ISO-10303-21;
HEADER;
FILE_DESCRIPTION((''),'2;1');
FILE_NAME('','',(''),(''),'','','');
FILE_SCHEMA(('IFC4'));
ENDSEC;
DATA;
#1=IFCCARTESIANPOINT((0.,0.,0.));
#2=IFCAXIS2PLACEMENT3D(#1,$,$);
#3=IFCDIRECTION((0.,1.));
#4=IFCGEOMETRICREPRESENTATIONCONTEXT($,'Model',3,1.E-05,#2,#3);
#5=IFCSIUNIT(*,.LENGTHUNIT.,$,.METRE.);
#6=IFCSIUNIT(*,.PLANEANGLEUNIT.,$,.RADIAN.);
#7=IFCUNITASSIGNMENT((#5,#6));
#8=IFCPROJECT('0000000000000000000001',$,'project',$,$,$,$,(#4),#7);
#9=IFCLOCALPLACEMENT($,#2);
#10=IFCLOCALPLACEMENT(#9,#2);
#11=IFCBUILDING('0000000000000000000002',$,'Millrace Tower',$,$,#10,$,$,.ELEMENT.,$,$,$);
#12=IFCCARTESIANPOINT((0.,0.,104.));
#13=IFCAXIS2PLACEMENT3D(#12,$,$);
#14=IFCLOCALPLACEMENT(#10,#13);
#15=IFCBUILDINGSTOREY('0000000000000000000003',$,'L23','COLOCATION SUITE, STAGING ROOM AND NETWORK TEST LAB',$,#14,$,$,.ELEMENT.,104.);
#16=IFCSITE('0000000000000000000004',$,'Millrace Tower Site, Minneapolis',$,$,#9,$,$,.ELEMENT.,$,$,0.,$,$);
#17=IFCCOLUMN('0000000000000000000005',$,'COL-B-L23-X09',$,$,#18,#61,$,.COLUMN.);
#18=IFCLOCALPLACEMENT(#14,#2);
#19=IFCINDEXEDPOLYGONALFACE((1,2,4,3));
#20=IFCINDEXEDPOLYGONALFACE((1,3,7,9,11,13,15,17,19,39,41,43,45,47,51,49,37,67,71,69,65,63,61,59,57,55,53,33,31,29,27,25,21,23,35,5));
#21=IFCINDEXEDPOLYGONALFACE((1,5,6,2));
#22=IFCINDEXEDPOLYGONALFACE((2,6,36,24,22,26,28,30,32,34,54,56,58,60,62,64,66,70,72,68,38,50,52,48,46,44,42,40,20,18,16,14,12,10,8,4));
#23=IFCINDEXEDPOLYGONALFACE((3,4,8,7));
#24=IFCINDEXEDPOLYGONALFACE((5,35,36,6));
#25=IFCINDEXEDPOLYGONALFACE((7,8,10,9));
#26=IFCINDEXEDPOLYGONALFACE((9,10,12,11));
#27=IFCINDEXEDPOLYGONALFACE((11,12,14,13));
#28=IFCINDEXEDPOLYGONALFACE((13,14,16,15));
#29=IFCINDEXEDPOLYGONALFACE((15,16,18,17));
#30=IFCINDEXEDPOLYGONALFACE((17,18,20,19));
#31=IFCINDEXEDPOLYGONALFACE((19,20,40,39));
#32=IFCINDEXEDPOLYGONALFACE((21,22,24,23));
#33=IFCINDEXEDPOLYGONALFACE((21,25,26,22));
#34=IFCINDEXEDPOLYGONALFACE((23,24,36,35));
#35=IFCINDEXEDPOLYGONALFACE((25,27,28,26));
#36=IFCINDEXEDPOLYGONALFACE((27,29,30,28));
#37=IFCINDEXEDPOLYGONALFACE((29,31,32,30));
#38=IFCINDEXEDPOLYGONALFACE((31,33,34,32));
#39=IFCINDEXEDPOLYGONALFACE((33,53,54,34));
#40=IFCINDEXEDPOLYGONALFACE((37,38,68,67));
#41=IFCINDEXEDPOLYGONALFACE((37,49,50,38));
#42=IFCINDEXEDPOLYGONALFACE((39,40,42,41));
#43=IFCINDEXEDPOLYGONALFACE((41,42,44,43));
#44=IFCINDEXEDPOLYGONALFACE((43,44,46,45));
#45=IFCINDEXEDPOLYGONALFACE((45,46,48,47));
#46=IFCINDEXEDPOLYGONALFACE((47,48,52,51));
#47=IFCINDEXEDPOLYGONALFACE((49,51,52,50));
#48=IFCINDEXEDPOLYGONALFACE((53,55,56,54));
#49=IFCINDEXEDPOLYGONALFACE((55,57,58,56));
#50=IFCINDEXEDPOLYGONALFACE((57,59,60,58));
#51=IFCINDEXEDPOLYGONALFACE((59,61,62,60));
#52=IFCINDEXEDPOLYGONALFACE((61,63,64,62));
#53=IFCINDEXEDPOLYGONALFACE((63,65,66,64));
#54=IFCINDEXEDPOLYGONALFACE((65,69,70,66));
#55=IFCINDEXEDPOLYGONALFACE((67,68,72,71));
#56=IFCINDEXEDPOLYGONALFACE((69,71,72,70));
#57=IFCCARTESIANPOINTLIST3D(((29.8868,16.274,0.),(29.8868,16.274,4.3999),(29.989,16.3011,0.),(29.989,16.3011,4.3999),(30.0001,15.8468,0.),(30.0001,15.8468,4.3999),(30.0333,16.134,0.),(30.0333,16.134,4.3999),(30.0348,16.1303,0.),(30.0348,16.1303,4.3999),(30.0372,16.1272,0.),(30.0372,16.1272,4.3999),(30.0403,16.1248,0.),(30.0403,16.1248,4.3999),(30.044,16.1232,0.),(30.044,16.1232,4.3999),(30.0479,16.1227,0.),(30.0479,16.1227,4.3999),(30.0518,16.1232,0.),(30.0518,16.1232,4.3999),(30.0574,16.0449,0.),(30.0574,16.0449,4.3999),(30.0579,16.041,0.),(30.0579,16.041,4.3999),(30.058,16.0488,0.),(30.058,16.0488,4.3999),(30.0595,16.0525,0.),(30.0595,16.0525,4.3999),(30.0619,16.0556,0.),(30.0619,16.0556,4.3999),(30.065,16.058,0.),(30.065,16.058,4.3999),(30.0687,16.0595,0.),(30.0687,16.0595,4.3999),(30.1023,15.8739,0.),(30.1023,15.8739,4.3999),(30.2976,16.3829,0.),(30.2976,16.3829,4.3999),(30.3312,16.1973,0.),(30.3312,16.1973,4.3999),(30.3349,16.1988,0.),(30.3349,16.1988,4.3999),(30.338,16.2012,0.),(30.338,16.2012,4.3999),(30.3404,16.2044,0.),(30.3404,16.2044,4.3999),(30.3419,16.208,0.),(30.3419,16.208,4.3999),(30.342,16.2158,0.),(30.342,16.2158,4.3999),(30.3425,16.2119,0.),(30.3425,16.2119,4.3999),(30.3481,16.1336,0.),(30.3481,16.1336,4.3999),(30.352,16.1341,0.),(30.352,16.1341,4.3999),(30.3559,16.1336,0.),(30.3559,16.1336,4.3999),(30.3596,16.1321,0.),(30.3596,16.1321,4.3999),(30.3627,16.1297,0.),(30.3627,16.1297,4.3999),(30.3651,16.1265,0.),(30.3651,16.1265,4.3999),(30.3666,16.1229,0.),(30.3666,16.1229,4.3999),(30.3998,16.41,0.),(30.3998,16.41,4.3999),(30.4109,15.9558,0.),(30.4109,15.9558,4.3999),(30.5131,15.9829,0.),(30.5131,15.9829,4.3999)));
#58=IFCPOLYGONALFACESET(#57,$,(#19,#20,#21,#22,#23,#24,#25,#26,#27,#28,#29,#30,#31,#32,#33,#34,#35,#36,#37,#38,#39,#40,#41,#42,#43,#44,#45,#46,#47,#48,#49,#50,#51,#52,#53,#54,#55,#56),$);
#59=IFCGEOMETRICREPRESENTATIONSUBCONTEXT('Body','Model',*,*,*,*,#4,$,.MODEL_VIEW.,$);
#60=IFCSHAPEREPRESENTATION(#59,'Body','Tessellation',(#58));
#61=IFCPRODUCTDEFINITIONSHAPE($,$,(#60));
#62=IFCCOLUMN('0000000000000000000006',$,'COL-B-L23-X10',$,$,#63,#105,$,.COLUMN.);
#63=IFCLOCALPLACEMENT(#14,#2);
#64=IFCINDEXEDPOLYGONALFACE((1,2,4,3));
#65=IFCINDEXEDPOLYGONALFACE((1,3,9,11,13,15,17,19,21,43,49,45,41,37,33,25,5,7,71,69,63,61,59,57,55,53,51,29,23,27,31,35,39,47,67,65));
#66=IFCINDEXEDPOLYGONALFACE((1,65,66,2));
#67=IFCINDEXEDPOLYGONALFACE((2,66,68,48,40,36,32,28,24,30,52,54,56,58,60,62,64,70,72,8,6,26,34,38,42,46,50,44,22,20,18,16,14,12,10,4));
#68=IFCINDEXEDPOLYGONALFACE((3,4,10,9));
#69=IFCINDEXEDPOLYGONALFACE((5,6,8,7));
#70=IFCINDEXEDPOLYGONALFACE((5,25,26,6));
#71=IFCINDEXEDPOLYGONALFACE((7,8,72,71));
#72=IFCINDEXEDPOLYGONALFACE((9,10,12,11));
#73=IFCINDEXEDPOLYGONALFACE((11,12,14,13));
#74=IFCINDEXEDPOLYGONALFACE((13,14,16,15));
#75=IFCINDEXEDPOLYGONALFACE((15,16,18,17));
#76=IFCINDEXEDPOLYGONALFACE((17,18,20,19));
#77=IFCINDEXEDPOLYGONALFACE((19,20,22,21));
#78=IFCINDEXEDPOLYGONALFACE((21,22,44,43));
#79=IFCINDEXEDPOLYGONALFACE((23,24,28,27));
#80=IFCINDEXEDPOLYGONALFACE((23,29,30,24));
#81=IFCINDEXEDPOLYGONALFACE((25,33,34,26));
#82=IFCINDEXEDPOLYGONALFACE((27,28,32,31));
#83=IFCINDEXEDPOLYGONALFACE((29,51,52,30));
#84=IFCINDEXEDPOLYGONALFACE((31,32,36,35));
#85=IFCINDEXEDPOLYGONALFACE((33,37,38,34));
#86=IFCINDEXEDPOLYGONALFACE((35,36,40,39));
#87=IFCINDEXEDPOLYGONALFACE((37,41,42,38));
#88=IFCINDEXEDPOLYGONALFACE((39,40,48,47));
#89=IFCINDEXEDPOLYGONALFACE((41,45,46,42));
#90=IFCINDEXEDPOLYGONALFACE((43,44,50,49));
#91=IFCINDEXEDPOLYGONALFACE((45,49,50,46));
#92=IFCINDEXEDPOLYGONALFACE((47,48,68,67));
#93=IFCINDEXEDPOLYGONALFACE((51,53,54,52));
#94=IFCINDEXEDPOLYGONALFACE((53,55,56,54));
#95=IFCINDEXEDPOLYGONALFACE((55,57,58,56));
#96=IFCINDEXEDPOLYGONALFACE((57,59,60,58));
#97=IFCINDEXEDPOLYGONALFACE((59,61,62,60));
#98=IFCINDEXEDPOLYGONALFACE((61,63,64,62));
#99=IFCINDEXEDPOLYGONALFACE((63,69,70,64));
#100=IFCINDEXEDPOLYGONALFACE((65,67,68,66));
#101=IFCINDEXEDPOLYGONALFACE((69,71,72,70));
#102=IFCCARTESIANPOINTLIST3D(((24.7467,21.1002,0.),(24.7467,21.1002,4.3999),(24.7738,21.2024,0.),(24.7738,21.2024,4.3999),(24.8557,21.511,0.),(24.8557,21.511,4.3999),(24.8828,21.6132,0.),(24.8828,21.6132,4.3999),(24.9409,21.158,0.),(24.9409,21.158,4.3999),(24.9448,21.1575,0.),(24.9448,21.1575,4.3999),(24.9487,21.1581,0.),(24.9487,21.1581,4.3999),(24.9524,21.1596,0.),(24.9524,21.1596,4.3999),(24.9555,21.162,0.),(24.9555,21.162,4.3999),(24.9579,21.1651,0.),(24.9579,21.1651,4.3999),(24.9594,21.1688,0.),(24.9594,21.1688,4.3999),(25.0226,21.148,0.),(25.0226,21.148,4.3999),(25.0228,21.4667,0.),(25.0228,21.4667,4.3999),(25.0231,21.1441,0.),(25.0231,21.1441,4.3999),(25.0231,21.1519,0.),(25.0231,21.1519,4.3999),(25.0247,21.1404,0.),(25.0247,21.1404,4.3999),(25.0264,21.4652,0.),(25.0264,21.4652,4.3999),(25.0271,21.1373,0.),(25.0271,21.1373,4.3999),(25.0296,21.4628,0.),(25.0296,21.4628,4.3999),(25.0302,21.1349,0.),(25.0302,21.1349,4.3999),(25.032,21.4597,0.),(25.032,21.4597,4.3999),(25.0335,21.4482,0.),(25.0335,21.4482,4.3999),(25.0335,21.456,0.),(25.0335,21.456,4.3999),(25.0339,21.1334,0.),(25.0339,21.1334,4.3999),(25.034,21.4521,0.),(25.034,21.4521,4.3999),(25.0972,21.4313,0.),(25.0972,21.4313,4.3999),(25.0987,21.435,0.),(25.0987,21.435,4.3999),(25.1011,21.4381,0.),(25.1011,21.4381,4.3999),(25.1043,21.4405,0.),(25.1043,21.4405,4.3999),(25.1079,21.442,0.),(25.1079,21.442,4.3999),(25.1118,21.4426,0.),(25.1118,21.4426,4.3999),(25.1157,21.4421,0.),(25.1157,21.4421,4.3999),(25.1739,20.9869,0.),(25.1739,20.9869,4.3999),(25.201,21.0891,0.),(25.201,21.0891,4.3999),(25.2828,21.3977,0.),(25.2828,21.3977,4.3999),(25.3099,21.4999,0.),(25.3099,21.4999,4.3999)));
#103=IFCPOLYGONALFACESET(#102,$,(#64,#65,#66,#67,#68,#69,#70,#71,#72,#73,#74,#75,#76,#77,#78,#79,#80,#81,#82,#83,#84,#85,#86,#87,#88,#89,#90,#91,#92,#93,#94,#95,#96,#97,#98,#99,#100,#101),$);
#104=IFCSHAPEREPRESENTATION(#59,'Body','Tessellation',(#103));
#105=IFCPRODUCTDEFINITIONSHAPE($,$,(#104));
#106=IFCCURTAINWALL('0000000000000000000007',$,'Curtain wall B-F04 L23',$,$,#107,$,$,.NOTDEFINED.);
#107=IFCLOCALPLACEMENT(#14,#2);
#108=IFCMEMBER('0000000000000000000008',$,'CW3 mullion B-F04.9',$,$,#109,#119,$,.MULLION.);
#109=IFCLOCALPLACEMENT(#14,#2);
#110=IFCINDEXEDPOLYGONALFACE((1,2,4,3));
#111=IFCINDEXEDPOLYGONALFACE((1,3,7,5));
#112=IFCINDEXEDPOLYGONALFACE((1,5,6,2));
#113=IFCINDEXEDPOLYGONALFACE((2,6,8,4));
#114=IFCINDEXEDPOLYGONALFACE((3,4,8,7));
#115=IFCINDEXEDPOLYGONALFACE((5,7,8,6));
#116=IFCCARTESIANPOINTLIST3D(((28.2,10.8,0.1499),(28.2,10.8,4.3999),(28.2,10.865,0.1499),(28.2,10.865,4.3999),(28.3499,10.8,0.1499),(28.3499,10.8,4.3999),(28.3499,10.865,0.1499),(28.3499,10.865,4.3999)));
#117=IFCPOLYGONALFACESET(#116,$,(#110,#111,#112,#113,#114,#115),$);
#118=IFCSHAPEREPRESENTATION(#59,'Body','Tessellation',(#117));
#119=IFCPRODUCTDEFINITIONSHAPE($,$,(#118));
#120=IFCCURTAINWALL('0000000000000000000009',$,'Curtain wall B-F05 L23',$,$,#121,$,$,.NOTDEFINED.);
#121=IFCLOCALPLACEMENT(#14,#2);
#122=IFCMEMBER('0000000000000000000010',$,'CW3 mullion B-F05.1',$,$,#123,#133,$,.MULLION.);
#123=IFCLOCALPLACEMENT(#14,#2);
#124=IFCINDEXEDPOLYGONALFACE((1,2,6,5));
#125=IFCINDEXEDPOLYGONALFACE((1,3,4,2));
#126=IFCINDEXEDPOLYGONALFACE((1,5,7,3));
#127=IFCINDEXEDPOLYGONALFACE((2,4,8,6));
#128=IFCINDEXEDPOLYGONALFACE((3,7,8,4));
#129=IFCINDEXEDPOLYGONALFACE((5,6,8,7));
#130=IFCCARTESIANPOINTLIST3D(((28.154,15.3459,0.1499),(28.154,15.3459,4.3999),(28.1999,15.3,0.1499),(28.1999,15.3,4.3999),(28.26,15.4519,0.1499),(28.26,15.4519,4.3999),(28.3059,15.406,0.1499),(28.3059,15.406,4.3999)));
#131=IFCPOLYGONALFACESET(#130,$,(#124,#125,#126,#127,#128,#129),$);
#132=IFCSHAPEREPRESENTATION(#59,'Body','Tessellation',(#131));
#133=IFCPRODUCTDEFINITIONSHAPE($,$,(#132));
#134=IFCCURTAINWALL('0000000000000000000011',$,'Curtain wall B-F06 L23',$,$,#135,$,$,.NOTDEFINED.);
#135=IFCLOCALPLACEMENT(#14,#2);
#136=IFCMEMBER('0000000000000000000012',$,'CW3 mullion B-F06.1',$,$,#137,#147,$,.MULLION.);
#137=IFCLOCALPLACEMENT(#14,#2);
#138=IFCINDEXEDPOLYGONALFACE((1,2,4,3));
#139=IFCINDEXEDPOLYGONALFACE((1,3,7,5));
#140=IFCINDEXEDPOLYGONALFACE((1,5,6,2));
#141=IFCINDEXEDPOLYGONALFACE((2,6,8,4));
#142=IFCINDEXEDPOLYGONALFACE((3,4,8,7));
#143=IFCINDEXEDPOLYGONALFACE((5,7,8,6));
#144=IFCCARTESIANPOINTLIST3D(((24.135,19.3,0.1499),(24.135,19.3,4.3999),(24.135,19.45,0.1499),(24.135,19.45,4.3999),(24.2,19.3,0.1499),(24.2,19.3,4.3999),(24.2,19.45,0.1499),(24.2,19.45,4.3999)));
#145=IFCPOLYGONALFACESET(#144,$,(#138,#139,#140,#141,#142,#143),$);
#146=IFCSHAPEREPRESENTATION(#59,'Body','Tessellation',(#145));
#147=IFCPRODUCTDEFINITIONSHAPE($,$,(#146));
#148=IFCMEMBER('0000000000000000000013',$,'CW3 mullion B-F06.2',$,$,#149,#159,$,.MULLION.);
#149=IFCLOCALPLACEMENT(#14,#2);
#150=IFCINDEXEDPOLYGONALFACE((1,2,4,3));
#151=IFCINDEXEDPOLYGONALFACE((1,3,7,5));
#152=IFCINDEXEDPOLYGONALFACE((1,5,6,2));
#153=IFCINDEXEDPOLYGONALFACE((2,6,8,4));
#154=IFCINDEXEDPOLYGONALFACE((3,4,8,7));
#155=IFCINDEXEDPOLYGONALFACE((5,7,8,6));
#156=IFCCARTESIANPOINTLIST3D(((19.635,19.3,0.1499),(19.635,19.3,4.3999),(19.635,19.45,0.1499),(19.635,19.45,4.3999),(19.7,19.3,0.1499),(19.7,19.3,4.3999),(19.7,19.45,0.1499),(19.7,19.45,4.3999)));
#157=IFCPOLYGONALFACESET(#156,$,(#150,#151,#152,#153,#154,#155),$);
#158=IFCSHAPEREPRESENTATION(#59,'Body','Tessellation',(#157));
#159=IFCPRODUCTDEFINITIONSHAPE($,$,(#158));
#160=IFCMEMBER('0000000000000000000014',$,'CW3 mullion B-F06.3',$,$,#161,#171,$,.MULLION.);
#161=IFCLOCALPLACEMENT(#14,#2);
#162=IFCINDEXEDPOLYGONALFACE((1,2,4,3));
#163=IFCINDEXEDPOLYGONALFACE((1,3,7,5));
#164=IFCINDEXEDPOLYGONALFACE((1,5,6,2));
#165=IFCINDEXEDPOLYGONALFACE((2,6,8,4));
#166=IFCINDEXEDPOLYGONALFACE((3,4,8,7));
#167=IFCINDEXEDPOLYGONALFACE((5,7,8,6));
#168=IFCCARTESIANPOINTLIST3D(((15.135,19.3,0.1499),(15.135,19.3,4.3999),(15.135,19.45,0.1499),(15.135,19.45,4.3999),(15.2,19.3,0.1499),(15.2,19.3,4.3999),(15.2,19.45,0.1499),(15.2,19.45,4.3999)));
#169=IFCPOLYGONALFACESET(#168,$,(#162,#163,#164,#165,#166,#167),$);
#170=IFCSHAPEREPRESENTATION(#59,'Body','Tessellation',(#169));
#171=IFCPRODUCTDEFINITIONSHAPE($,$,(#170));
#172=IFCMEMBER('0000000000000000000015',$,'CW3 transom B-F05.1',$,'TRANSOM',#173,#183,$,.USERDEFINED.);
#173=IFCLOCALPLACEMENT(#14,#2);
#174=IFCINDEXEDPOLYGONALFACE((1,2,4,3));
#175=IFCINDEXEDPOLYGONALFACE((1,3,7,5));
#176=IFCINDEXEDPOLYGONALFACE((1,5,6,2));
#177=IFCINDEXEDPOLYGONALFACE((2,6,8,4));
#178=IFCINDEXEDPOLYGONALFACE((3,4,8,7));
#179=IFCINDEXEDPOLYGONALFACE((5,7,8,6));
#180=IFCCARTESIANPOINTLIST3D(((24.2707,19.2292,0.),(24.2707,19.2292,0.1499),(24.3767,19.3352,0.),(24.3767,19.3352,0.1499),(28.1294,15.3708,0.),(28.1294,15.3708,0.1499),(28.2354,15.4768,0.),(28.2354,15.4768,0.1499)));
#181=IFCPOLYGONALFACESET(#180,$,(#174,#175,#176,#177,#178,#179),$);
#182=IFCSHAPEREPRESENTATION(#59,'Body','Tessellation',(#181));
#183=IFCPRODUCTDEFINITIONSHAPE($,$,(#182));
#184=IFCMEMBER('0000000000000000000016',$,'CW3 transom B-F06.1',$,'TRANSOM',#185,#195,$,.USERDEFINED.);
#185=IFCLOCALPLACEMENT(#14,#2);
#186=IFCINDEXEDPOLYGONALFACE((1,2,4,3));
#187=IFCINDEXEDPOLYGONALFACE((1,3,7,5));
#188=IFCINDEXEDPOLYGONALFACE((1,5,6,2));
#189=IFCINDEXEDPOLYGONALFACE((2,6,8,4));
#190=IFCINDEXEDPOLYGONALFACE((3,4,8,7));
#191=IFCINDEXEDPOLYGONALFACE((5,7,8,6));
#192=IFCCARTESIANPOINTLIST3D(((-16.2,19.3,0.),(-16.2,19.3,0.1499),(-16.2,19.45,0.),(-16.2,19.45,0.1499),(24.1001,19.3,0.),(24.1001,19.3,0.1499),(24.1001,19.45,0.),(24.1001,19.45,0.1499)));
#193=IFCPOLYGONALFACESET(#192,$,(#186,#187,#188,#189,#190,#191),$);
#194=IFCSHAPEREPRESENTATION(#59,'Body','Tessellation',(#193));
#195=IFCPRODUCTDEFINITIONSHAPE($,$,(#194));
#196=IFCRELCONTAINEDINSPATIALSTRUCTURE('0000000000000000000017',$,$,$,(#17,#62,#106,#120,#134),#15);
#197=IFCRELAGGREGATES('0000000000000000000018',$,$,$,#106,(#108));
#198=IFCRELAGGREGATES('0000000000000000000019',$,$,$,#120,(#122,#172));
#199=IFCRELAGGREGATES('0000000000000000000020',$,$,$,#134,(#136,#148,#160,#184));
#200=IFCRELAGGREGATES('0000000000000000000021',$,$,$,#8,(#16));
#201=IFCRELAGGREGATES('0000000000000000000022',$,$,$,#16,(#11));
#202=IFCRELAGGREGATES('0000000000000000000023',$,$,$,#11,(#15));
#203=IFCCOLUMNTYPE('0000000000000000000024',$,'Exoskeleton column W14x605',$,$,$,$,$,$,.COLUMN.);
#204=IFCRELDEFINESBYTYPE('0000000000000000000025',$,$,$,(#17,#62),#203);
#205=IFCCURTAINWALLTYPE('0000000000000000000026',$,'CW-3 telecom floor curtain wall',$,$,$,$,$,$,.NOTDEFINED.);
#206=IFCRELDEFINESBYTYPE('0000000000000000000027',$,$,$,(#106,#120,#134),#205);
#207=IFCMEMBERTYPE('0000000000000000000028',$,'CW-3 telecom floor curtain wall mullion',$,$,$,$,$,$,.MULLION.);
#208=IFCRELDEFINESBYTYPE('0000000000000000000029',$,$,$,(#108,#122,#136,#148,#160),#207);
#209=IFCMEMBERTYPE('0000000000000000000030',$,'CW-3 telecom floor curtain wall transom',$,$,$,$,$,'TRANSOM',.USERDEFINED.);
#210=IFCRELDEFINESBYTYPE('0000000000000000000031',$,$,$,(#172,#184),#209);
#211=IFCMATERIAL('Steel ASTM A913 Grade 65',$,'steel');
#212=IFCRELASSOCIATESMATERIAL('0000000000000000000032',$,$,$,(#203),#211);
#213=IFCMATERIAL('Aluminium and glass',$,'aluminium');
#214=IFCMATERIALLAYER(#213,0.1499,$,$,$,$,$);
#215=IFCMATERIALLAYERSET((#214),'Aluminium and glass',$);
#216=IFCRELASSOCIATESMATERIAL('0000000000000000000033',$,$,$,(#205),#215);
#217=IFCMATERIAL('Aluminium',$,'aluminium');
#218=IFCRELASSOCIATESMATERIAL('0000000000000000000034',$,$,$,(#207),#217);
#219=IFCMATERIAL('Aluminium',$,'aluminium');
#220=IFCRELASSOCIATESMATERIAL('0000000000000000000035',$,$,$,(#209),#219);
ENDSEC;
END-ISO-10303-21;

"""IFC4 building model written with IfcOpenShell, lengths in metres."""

from ifc_helpers import new_model, si_unit, direction, frame, origin, origin_2d, place, context, subcontext, project, spatial, rectangle, i_section, extrude, material, layer, layer_set, material_profile, profile_set, type_object, element, aggregate, save


model = new_model("IFC4")

# Units and contexts
model_context = context("Model", 3, precision=1e-05, world=origin(), true_north=direction((0.0, 1.0)))
body_context = subcontext(model_context, "Body", "Model", "MODEL_VIEW")
ifc_project = project(units=[si_unit("LENGTHUNIT", "METRE"), si_unit("PLANEANGLEUNIT", "RADIAN")], contexts=[model_context])

# Site, building, storey
site_placement = place(None, origin())
site = spatial("IfcSite", under=ifc_project, at=site_placement, Name="Millrace Tower Site, Minneapolis", CompositionType="ELEMENT", RefElevation=0.0)
building_placement = place(site_placement, origin())
building = spatial("IfcBuilding", under=site, at=building_placement, Name="Millrace Tower", CompositionType="ELEMENT")
storey_placement = place(building_placement, frame((0.0, 0.0, 104.0)))
storey = spatial("IfcBuildingStorey", under=building, at=storey_placement, Name="L23", Description="COLOCATION SUITE, STAGING ROOM AND NETWORK TEST LAB", CompositionType="ELEMENT", Elevation=104.0)

# Columns
ifc_material_1 = material(Name="Steel ASTM A913 Grade 65", Category="steel")
ifc_material_profile_1 = material_profile(ifc_material_1, i_section(OverallWidth=0.4419, OverallDepth=0.5308, WebThickness=0.0659, FlangeThickness=0.1057, FilletRadius=0.0151, at=origin_2d()))
ifc_profile_set_1 = profile_set([ifc_material_profile_1], Name="Steel ASTM A913 Grade 65")
column_type = type_object("IfcColumnType", Name="Exoskeleton column W14x605", PredefinedType="COLUMN", material=ifc_profile_set_1)
for number, where, z_axis, x_axis, name in (
    (1, (30.2, 16.1284, 0.0), (0.0, 0.0, 1.0), (-0.256347, 0.966585, 0.0), "COL-B-L23-X09"),
    (2, (25.0283, 21.3, 0.0), (0.0, 0.0, 1.0), (-0.966585, 0.256347, 0.0), "COL-B-L23-X10"),
):
    element("IfcColumn", number, at=place(storey_placement, frame(where, z_axis=z_axis, x_axis=x_axis)), inside=storey, type_object=column_type, Name=name, PredefinedType="COLUMN", context=body_context, shape_type="SweptSolid", body=[
        extrude(i_section(OverallWidth=0.4419, OverallDepth=0.5308, WebThickness=0.0659, FlangeThickness=0.1057, FilletRadius=0.0151, at=origin_2d()), origin(), (0.0, 0.0, 1.0), 4.3999),
    ])

# Curtain walls, members
ifc_material_2 = material(Name="Aluminium and glass", Category="aluminium")
ifc_layer_1 = layer(ifc_material_2, 0.1499)
ifc_layer_set_1 = layer_set([ifc_layer_1], Name="Aluminium and glass")
curtain_wall_type = type_object("IfcCurtainWallType", Name="CW-3 telecom floor curtain wall", PredefinedType="NOTDEFINED", material=ifc_layer_set_1)
placement = place(storey_placement, origin())
curtain_wall_1 = element("IfcCurtainWall", 3, at=placement, inside=storey, type_object=curtain_wall_type, Name="Curtain wall B-F04 L23", PredefinedType="NOTDEFINED")
ifc_material_3 = material(Name="Aluminium", Category="aluminium")
ifc_material_profile_2 = material_profile(ifc_material_3, rectangle(XDim=0.0649, YDim=0.1499, at=origin_2d()))
ifc_profile_set_2 = profile_set([ifc_material_profile_2], Name="Aluminium")
member_type_1 = type_object("IfcMemberType", Name="CW-3 telecom floor curtain wall mullion", PredefinedType="MULLION", material=ifc_profile_set_2)
member_1_placement = place(storey_placement, frame((28.2749, 10.8325, 0.1499), z_axis=(0.0, 0.0, 1.0), x_axis=(0.0, 1.0, 0.0)))
member_1 = element("IfcMember", 4, at=member_1_placement, type_object=member_type_1, Name="CW3 mullion B-F04.9", PredefinedType="MULLION", context=body_context, shape_type="SweptSolid", body=[
    extrude(rectangle(XDim=0.0649, YDim=0.1499, at=origin_2d()), origin(), (0.0, 0.0, 1.0), 4.25),
])
aggregate(curtain_wall_1, [member_1])
curtain_wall_2 = element("IfcCurtainWall", 5, at=placement, inside=storey, type_object=curtain_wall_type, Name="Curtain wall B-F05 L23", PredefinedType="NOTDEFINED")
member_2_placement = place(storey_placement, frame((28.23, 15.376, 0.1499), z_axis=(0.0, 0.0, 1.0), x_axis=(-0.707107, 0.707107, 0.0)))
member_2 = element("IfcMember", 6, at=member_2_placement, type_object=member_type_1, Name="CW3 mullion B-F05.1", PredefinedType="MULLION", context=body_context, shape_type="SweptSolid", body=[
    extrude(rectangle(XDim=0.0649, YDim=0.1499, at=origin_2d()), origin(), (0.0, 0.0, 1.0), 4.25),
])

# Curtain wall, members
curtain_wall_3 = element("IfcCurtainWall", 7, at=placement, inside=storey, type_object=curtain_wall_type, Name="Curtain wall B-F06 L23", PredefinedType="NOTDEFINED")
member_3_placement = place(storey_placement, frame((24.1675, 19.375, 0.1499), z_axis=(0.0, 0.0, 1.0), x_axis=(-1.0, 0.0, 0.0)))
member_3 = element("IfcMember", 8, at=member_3_placement, type_object=member_type_1, Name="CW3 mullion B-F06.1", PredefinedType="MULLION", context=body_context, shape_type="SweptSolid", body=[
    extrude(rectangle(XDim=0.0649, YDim=0.1499, at=origin_2d()), origin(), (0.0, 0.0, 1.0), 4.25),
])
member_4_placement = place(storey_placement, frame((19.6675, 19.375, 0.1499), z_axis=(0.0, 0.0, 1.0), x_axis=(-1.0, 0.0, 0.0)))
member_4 = element("IfcMember", 9, at=member_4_placement, type_object=member_type_1, Name="CW3 mullion B-F06.2", PredefinedType="MULLION", context=body_context, shape_type="SweptSolid", body=[
    extrude(rectangle(XDim=0.0649, YDim=0.1499, at=origin_2d()), origin(), (0.0, 0.0, 1.0), 4.25),
])
member_5_placement = place(storey_placement, frame((15.1675, 19.375, 0.1499), z_axis=(0.0, 0.0, 1.0), x_axis=(-1.0, 0.0, 0.0)))
member_5 = element("IfcMember", 10, at=member_5_placement, type_object=member_type_1, Name="CW3 mullion B-F06.3", PredefinedType="MULLION", context=body_context, shape_type="SweptSolid", body=[
    extrude(rectangle(XDim=0.0649, YDim=0.1499, at=origin_2d()), origin(), (0.0, 0.0, 1.0), 4.25),
])

# Members
ifc_material_4 = material(Name="Aluminium", Category="aluminium")
ifc_material_profile_3 = material_profile(ifc_material_4, rectangle(XDim=0.1499, YDim=0.1499, at=origin_2d()))
ifc_profile_set_3 = profile_set([ifc_material_profile_3], Name="Aluminium")
member_type_2 = type_object("IfcMemberType", Name="CW-3 telecom floor curtain wall transom", ElementType="TRANSOM", PredefinedType="USERDEFINED", material=ifc_profile_set_3)
member_6_placement = place(storey_placement, frame((28.1824, 15.4238, 0.075), z_axis=(-0.707129, 0.707084, 0.0), x_axis=(-0.707084, -0.707129, 0.0)))
member_6 = element("IfcMember", 11, at=member_6_placement, type_object=member_type_2, Name="CW3 transom B-F05.1", ObjectType="TRANSOM", PredefinedType="USERDEFINED", context=body_context, shape_type="SweptSolid", body=[
    extrude(rectangle(XDim=0.1499, YDim=0.1499, at=origin_2d()), origin(), (0.0, 0.0, 1.0), 5.4568),
])
aggregate(curtain_wall_2, [member_2, member_6])
member_7_placement = place(storey_placement, frame((24.1001, 19.375, 0.075), z_axis=(-1.0, 0.0, 0.0), x_axis=(0.0, -1.0, 0.0)))
member_7 = element("IfcMember", 12, at=member_7_placement, type_object=member_type_2, Name="CW3 transom B-F06.1", ObjectType="TRANSOM", PredefinedType="USERDEFINED", context=body_context, shape_type="SweptSolid", body=[
    extrude(rectangle(XDim=0.1499, YDim=0.1499, at=origin_2d()), origin(), (0.0, 0.0, 1.0), 40.3),
])
aggregate(curtain_wall_3, [member_3, member_4, member_5, member_7])

save(model, "model.ifc")
